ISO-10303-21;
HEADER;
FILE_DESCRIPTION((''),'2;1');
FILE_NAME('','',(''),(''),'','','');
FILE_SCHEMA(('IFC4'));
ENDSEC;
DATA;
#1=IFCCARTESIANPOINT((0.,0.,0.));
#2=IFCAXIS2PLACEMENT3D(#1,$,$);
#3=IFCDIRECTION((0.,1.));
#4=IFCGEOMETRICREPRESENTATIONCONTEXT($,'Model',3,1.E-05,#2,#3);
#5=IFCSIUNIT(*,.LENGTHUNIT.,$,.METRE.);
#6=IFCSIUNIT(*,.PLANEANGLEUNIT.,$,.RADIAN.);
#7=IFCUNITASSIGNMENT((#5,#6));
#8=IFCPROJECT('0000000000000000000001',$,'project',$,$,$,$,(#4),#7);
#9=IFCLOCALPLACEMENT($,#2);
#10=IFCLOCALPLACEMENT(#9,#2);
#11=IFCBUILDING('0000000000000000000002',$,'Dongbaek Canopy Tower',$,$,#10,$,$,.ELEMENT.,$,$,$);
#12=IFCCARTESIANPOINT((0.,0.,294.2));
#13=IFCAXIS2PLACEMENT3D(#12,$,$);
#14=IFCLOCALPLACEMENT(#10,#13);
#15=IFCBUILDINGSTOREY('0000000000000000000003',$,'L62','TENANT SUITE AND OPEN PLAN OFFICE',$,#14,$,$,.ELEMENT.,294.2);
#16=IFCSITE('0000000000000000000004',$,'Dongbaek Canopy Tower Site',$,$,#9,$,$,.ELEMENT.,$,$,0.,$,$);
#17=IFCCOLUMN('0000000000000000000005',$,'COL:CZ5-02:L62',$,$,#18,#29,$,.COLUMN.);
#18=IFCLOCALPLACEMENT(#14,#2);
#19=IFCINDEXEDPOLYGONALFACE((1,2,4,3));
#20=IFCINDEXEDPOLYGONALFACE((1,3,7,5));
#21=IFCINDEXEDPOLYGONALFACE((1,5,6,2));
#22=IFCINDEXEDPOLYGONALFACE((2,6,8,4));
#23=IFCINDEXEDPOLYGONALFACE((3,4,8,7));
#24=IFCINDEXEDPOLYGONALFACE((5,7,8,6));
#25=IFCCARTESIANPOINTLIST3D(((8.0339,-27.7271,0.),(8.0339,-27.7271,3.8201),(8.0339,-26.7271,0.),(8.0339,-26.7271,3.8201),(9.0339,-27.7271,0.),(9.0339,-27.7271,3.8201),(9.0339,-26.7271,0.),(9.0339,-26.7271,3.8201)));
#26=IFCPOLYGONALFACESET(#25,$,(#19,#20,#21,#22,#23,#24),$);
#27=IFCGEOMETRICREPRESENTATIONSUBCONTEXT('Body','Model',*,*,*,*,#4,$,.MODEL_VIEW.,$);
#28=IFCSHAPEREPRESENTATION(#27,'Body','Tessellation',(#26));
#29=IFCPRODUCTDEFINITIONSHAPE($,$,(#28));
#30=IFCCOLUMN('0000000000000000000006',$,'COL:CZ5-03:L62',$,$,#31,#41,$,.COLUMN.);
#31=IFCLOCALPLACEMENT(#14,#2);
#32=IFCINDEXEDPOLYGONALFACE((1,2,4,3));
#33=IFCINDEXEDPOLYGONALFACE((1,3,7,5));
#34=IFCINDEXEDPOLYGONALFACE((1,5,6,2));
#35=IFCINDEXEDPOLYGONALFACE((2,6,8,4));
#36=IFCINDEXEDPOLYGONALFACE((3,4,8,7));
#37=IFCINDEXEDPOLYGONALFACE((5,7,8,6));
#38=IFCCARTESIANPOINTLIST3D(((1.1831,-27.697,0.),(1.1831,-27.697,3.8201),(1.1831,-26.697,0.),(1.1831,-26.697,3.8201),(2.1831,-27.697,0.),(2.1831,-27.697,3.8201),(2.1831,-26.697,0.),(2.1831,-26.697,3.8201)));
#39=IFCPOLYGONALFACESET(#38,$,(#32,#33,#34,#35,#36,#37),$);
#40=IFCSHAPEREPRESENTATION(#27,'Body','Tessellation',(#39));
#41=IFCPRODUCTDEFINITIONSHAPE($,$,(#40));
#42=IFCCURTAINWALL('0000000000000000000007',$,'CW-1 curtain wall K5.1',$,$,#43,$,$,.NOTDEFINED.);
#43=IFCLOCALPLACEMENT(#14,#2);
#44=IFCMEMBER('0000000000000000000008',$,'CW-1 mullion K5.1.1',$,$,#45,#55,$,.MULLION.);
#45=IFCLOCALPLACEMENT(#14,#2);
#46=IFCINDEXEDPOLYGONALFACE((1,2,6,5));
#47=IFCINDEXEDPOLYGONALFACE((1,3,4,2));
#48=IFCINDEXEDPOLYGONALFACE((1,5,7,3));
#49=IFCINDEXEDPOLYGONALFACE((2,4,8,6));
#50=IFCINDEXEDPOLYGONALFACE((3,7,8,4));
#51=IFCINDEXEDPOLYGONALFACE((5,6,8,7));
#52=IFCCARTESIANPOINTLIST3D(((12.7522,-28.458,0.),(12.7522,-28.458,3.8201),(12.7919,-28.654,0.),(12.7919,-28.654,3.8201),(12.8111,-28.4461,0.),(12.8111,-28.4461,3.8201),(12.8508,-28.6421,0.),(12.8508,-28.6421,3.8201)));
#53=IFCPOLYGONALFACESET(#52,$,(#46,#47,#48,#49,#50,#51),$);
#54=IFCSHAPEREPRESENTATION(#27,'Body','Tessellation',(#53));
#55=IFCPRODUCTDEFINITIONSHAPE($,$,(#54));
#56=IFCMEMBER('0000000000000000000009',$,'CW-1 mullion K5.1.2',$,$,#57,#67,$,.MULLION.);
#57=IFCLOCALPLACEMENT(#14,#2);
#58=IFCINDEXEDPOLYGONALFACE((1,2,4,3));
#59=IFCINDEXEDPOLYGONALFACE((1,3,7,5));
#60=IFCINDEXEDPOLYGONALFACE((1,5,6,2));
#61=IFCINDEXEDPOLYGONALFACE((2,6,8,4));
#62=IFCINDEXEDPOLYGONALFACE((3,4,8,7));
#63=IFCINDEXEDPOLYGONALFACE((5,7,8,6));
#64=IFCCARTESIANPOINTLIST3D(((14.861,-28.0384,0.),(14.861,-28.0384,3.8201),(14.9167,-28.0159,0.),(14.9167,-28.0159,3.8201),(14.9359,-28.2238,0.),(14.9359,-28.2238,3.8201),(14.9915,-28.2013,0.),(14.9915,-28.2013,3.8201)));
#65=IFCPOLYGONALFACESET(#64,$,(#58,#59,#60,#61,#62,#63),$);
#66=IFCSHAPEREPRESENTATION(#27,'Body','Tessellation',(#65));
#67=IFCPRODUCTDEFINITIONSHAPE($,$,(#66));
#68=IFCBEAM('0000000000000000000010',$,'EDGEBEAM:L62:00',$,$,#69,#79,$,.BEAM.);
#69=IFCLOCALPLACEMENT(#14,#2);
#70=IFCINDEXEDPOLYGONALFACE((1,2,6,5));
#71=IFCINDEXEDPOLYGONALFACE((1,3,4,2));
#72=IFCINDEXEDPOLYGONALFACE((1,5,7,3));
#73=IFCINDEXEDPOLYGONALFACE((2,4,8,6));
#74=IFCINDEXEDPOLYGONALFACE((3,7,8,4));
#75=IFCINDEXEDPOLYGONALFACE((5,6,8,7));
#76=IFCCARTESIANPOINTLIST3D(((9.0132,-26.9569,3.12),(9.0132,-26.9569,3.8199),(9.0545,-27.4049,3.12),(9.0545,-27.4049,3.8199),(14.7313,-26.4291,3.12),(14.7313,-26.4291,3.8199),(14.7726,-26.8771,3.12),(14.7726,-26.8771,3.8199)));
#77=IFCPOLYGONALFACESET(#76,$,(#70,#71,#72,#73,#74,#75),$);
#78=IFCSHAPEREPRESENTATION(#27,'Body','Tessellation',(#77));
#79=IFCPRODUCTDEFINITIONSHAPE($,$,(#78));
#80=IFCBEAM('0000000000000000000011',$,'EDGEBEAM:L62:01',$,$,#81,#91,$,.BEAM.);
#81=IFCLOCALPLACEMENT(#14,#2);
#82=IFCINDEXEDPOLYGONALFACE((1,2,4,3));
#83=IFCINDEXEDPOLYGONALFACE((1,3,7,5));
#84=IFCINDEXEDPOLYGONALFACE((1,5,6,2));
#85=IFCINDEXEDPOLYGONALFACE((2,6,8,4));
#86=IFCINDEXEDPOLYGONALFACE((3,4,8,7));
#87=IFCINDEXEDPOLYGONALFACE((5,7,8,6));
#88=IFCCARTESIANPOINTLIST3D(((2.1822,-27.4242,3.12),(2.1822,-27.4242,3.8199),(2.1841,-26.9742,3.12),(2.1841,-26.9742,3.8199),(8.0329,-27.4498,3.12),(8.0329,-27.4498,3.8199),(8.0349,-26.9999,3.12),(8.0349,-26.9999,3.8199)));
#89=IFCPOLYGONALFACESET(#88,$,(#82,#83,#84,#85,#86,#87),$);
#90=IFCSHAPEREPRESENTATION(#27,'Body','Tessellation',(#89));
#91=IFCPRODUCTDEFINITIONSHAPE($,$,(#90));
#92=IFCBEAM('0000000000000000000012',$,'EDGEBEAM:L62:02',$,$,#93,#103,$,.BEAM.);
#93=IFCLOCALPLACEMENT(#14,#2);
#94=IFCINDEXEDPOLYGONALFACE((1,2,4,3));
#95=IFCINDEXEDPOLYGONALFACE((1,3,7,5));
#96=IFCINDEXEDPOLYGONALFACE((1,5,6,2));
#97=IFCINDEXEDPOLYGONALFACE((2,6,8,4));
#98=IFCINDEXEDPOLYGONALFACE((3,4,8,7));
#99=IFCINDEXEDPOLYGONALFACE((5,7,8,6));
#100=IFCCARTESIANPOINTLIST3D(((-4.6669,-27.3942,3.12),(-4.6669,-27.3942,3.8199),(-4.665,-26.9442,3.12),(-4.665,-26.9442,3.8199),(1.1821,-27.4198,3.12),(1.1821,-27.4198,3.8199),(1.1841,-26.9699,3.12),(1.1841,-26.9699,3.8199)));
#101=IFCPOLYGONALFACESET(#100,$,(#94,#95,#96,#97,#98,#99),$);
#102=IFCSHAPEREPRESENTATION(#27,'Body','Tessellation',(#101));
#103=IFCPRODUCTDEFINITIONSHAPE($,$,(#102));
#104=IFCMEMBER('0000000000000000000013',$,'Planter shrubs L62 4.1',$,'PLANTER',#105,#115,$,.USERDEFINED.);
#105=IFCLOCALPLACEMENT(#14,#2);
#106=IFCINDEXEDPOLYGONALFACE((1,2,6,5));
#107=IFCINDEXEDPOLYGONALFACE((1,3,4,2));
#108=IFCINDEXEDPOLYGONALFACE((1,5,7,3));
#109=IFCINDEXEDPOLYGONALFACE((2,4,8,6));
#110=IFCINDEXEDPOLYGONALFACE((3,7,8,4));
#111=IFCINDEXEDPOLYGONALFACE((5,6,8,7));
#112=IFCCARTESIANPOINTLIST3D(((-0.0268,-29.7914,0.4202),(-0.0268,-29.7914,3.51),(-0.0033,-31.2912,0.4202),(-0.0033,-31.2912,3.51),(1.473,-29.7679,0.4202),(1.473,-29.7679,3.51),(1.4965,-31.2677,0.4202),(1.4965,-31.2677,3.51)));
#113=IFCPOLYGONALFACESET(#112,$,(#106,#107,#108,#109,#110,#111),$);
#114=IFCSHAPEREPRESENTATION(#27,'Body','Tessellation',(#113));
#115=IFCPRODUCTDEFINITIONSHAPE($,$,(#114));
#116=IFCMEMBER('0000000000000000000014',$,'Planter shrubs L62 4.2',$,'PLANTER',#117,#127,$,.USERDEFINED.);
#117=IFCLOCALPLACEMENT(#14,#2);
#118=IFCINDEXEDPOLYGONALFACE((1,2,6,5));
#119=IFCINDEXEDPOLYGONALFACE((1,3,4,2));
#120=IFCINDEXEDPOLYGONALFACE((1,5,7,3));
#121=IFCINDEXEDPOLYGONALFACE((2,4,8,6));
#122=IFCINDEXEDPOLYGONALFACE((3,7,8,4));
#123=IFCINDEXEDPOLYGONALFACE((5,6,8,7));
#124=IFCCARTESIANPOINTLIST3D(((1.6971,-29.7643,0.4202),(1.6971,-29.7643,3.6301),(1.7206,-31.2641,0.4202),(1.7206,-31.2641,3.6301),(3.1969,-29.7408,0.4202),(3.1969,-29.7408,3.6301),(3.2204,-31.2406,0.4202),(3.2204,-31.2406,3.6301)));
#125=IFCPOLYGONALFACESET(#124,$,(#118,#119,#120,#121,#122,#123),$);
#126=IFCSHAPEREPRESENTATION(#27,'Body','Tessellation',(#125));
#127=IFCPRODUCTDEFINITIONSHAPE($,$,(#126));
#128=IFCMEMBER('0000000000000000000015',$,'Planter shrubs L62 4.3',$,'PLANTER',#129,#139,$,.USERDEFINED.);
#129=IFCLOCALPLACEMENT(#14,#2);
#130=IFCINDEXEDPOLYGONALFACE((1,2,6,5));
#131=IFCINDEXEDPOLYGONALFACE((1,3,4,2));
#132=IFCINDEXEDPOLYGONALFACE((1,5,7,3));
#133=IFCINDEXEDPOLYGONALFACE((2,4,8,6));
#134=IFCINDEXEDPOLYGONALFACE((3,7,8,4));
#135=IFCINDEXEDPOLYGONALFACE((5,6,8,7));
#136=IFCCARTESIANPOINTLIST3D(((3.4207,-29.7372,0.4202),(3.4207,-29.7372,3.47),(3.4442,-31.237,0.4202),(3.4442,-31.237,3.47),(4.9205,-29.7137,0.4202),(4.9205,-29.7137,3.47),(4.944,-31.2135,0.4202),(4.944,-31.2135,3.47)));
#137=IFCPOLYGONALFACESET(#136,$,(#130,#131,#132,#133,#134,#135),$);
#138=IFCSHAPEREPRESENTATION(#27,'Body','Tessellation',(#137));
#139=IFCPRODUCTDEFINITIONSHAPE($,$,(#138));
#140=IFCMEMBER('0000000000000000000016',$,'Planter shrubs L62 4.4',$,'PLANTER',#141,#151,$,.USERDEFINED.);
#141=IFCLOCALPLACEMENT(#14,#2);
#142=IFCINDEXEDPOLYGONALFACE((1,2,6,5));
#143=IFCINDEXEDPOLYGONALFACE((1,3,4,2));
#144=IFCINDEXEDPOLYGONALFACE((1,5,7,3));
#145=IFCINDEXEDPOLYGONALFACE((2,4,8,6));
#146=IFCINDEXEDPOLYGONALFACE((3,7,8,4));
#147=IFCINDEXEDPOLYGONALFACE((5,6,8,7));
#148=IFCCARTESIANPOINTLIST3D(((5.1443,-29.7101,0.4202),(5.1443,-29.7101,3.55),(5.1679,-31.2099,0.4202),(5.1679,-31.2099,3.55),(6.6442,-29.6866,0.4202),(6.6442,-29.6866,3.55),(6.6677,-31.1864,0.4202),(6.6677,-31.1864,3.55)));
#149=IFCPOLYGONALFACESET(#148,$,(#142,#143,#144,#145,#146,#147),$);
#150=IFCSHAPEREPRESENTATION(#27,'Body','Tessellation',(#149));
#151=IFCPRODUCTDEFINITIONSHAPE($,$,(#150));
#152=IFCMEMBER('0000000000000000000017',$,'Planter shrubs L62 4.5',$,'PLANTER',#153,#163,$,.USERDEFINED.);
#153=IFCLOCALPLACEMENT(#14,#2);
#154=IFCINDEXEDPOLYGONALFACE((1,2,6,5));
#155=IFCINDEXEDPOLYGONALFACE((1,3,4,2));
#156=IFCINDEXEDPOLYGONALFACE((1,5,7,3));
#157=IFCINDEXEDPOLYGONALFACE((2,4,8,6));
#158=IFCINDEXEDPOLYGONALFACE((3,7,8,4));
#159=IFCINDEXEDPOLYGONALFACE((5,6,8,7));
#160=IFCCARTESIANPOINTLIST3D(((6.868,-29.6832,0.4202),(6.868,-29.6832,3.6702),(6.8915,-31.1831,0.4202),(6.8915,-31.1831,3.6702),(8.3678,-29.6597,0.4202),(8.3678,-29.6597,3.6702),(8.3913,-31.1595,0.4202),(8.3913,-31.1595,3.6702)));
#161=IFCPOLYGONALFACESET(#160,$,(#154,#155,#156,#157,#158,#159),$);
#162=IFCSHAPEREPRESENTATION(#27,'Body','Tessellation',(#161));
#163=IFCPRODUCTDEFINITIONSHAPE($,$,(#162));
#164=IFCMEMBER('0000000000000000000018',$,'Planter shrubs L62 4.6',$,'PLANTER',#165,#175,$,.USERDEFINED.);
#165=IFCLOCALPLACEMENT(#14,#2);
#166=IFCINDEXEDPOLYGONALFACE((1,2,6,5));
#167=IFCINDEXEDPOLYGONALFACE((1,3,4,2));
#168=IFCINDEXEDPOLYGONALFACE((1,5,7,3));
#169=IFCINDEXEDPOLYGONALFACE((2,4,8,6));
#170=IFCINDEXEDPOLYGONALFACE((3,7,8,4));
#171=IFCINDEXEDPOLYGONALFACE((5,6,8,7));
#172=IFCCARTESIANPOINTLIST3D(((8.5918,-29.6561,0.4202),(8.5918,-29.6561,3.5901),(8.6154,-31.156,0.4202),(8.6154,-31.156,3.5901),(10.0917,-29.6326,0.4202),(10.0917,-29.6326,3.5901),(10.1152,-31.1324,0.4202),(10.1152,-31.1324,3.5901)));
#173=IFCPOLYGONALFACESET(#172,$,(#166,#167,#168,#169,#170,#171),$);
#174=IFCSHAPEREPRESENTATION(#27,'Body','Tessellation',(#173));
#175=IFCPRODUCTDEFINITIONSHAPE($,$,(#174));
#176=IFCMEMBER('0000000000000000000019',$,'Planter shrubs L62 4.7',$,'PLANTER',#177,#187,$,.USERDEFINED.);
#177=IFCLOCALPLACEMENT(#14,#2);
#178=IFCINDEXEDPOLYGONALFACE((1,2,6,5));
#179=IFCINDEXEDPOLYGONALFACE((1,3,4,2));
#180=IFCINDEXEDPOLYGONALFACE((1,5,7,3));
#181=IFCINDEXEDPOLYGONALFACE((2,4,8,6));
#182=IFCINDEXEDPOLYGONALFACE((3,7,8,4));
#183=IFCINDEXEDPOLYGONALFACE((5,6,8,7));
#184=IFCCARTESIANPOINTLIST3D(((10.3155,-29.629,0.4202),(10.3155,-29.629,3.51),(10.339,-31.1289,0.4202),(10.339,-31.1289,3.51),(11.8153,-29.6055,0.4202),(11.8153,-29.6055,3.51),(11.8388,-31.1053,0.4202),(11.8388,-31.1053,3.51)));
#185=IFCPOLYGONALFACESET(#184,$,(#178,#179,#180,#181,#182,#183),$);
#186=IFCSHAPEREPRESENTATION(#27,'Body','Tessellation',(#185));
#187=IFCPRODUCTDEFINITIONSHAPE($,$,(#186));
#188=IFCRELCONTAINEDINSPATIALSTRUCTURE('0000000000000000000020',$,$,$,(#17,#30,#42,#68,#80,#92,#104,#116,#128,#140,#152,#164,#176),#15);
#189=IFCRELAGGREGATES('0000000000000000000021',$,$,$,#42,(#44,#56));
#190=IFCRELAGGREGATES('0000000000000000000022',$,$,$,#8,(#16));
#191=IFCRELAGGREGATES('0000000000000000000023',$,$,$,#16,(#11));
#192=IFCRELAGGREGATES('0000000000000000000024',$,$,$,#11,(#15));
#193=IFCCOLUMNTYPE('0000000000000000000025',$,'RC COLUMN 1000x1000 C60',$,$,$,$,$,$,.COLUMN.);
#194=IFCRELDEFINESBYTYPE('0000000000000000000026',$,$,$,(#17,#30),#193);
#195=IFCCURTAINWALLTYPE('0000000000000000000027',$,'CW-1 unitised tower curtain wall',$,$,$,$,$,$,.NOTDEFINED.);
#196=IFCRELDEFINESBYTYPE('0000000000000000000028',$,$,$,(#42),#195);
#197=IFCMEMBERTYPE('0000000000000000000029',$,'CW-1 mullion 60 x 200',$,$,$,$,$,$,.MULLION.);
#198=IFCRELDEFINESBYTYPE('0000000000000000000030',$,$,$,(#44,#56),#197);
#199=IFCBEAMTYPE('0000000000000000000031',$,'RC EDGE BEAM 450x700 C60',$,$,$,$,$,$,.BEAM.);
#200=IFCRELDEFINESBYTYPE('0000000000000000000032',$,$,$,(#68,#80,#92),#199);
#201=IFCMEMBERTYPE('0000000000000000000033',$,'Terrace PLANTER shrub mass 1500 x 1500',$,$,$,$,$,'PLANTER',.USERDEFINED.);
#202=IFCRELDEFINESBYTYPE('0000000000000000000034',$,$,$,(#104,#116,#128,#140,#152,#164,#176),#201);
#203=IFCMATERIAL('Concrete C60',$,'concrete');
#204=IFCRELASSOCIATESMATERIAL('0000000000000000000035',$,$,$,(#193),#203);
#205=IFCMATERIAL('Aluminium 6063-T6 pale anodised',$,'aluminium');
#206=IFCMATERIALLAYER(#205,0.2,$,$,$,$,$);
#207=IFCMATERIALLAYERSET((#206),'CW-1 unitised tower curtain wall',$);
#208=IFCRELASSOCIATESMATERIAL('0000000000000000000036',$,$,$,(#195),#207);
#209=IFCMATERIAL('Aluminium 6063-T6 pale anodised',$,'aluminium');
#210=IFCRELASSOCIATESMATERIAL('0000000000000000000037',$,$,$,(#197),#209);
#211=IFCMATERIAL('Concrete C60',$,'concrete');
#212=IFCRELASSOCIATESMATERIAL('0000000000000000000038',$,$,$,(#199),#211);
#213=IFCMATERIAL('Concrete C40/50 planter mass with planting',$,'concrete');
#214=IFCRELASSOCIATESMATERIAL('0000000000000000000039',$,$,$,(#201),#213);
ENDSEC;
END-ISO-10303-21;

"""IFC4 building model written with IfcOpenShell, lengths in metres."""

from ifc_helpers import new_model, si_unit, direction, frame, origin, origin_2d, place, context, subcontext, project, spatial, rectangle, extrude, material, layer, layer_set, material_profile, profile_set, type_object, element, aggregate, save


model = new_model("IFC4")

# Units and contexts
model_context = context("Model", 3, precision=1e-05, world=origin(), true_north=direction((0.0, 1.0)))
body_context = subcontext(model_context, "Body", "Model", "MODEL_VIEW")
ifc_project = project(units=[si_unit("LENGTHUNIT", "METRE"), si_unit("PLANEANGLEUNIT", "RADIAN")], contexts=[model_context])

# Site, building, storey
site_placement = place(None, origin())
site = spatial("IfcSite", under=ifc_project, at=site_placement, Name="Dongbaek Canopy Tower Site", CompositionType="ELEMENT", RefElevation=0.0)
building_placement = place(site_placement, origin())
building = spatial("IfcBuilding", under=site, at=building_placement, Name="Dongbaek Canopy Tower", CompositionType="ELEMENT")
storey_placement = place(building_placement, frame((0.0, 0.0, 294.2)))
storey = spatial("IfcBuildingStorey", under=building, at=storey_placement, Name="L62", Description="TENANT SUITE AND OPEN PLAN OFFICE", CompositionType="ELEMENT", Elevation=294.2)

# Columns
ifc_material_1 = material(Name="Concrete C60", Category="concrete")
ifc_material_profile_1 = material_profile(ifc_material_1, rectangle(XDim=1.0, YDim=1.0, at=origin_2d()), Name="RC COLUMN 1000x1000 C60")
ifc_profile_set_1 = profile_set([ifc_material_profile_1], Name="Concrete C60")
column_type = type_object("IfcColumnType", Name="RC COLUMN 1000x1000 C60", PredefinedType="COLUMN", material=ifc_profile_set_1)
for number, where, z_axis, x_axis, name in (
    (1, (8.5339, -27.2271, 0.0), (0.0, 0.0, 1.0), (1.0, 0.0, 0.0), "COL:CZ5-02:L62"),
    (2, (1.6831, -27.197, 0.0), (0.0, 0.0, 1.0), (1.0, 0.0, 0.0), "COL:CZ5-03:L62"),
):
    element("IfcColumn", number, at=place(storey_placement, frame(where, z_axis=z_axis, x_axis=x_axis)), inside=storey, type_object=column_type, Name=name, PredefinedType="COLUMN", context=body_context, shape_type="SweptSolid", body=[
        extrude(rectangle(XDim=1.0, YDim=1.0, at=origin_2d()), origin(), (0.0, 0.0, 1.0), 3.8201),
    ])

# Curtain wall, members
ifc_material_2 = material(Name="Aluminium 6063-T6 pale anodised", Category="aluminium")
ifc_layer_1 = layer(ifc_material_2, 0.2)
ifc_layer_set_1 = layer_set([ifc_layer_1], Name="CW-1 unitised tower curtain wall")
curtain_wall_type = type_object("IfcCurtainWallType", Name="CW-1 unitised tower curtain wall", PredefinedType="NOTDEFINED", material=ifc_layer_set_1)
curtain_wall_placement = place(storey_placement, origin())
curtain_wall = element("IfcCurtainWall", 3, at=curtain_wall_placement, inside=storey, type_object=curtain_wall_type, Name="CW-1 curtain wall K5.1", PredefinedType="NOTDEFINED")
ifc_material_3 = material(Name="Aluminium 6063-T6 pale anodised", Category="aluminium")
ifc_material_profile_2 = material_profile(ifc_material_3, rectangle(XDim=0.2, YDim=0.0601, at=origin_2d()), Name="CW-1 mullion 60 x 200")
ifc_profile_set_2 = profile_set([ifc_material_profile_2], Name="Aluminium 6063-T6 pale anodised")
member_type_1 = type_object("IfcMemberType", Name="CW-1 mullion 60 x 200", PredefinedType="MULLION", material=ifc_profile_set_2)
member_1_placement = place(storey_placement, frame((12.8015, -28.55, 0.0), z_axis=(0.0, 0.0, 1.0), x_axis=(0.198379, -0.980125, 0.0)))
member_1 = element("IfcMember", 4, at=member_1_placement, type_object=member_type_1, Name="CW-1 mullion K5.1.1", PredefinedType="MULLION", context=body_context, shape_type="SweptSolid", body=[
    extrude(rectangle(XDim=0.2, YDim=0.0601, at=origin_2d()), origin(), (0.0, 0.0, 1.0), 3.8201),
])
member_2_placement = place(storey_placement, frame((14.9263, -28.1199, 0.0), z_axis=(0.0, 0.0, 1.0), x_axis=(0.374375, -0.927277, 0.0)))
member_2 = element("IfcMember", 5, at=member_2_placement, type_object=member_type_1, Name="CW-1 mullion K5.1.2", PredefinedType="MULLION", context=body_context, shape_type="SweptSolid", body=[
    extrude(rectangle(XDim=0.2, YDim=0.0601, at=origin_2d()), origin(), (0.0, 0.0, 1.0), 3.8201),
])

# Beams
ifc_material_4 = material(Name="Concrete C60", Category="concrete")
ifc_material_profile_3 = material_profile(ifc_material_4, rectangle(XDim=0.45, YDim=0.7, at=origin_2d()), Name="RC EDGE BEAM 450x700 C60")
ifc_profile_set_3 = profile_set([ifc_material_profile_3], Name="Concrete C60")
beam_type = type_object("IfcBeamType", Name="RC EDGE BEAM 450x700 C60", PredefinedType="BEAM", material=ifc_profile_set_3)
beam_1_placement = place(storey_placement, frame((14.752, -26.6531, 3.47), z_axis=(-0.995766, -0.09192, 0.0), x_axis=(0.09192, -0.995766, 0.0)))
element("IfcBeam", 6, at=beam_1_placement, inside=storey, type_object=beam_type, Name="EDGEBEAM:L62:00", PredefinedType="BEAM", context=body_context, shape_type="SweptSolid", body=[
    extrude(rectangle(XDim=0.45, YDim=0.7, at=origin_2d()), origin(), (0.0, 0.0, 1.0), 5.7424),
])
beam_2_placement = place(storey_placement, frame((8.0339, -27.2249, 3.47), z_axis=(-0.99999, 0.004381, 0.0), x_axis=(-0.004381, -0.99999, 0.0)))
element("IfcBeam", 7, at=beam_2_placement, inside=storey, type_object=beam_type, Name="EDGEBEAM:L62:01", PredefinedType="BEAM", context=body_context, shape_type="SweptSolid", body=[
    extrude(rectangle(XDim=0.45, YDim=0.7, at=origin_2d()), origin(), (0.0, 0.0, 1.0), 5.8508),
])
beam_3_placement = place(storey_placement, frame((1.1831, -27.1948, 3.47), z_axis=(-0.99999, 0.004383, 0.0), x_axis=(-0.004383, -0.99999, 0.0)))
element("IfcBeam", 8, at=beam_3_placement, inside=storey, type_object=beam_type, Name="EDGEBEAM:L62:02", PredefinedType="BEAM", context=body_context, shape_type="SweptSolid", body=[
    extrude(rectangle(XDim=0.45, YDim=0.7, at=origin_2d()), origin(), (0.0, 0.0, 1.0), 5.8491),
])

# Members
ifc_material_5 = material(Name="Concrete C40/50 planter mass with planting", Category="concrete")
ifc_material_profile_4 = material_profile(ifc_material_5, rectangle(XDim=1.5, YDim=1.5, at=origin_2d()), Name="Terrace PLANTER shrub mass 1500 x 1500")
ifc_profile_set_4 = profile_set([ifc_material_profile_4], Name="Concrete C40/50 planter mass with planting")
member_type_2 = type_object("IfcMemberType", Name="Terrace PLANTER shrub mass 1500 x 1500", ElementType="PLANTER", PredefinedType="USERDEFINED", material=ifc_profile_set_4)
member_3_placement = place(storey_placement, frame((0.7349, -30.5295, 0.4202), z_axis=(0.0, 0.0, 1.0), x_axis=(0.015684, -0.999877, 0.0)))
element("IfcMember", 9, at=member_3_placement, inside=storey, type_object=member_type_2, Name="Planter shrubs L62 4.1", ObjectType="PLANTER", PredefinedType="USERDEFINED", context=body_context, shape_type="SweptSolid", body=[
    extrude(rectangle(XDim=1.5, YDim=1.5, at=origin_2d()), origin(), (0.0, 0.0, 1.0), 3.0898),
])
member_4_placement = place(storey_placement, frame((2.4587, -30.5024, 0.4202), z_axis=(0.0, 0.0, 1.0), x_axis=(0.015684, -0.999877, 0.0)))
element("IfcMember", 10, at=member_4_placement, inside=storey, type_object=member_type_2, Name="Planter shrubs L62 4.2", ObjectType="PLANTER", PredefinedType="USERDEFINED", context=body_context, shape_type="SweptSolid", body=[
    extrude(rectangle(XDim=1.5, YDim=1.5, at=origin_2d()), origin(), (0.0, 0.0, 1.0), 3.21),
])
member_5_placement = place(storey_placement, frame((4.1824, -30.4753, 0.4202), z_axis=(0.0, 0.0, 1.0), x_axis=(0.015684, -0.999877, 0.0)))
element("IfcMember", 11, at=member_5_placement, inside=storey, type_object=member_type_2, Name="Planter shrubs L62 4.3", ObjectType="PLANTER", PredefinedType="USERDEFINED", context=body_context, shape_type="SweptSolid", body=[
    extrude(rectangle(XDim=1.5, YDim=1.5, at=origin_2d()), origin(), (0.0, 0.0, 1.0), 3.0498),
])
member_6_placement = place(storey_placement, frame((5.906, -30.4482, 0.4202), z_axis=(0.0, 0.0, 1.0), x_axis=(0.015684, -0.999877, 0.0)))
element("IfcMember", 12, at=member_6_placement, inside=storey, type_object=member_type_2, Name="Planter shrubs L62 4.4", ObjectType="PLANTER", PredefinedType="USERDEFINED", context=body_context, shape_type="SweptSolid", body=[
    extrude(rectangle(XDim=1.5, YDim=1.5, at=origin_2d()), origin(), (0.0, 0.0, 1.0), 3.1299),
])
member_7_placement = place(storey_placement, frame((7.6296, -30.4214, 0.4202), z_axis=(0.0, 0.0, 1.0), x_axis=(0.015684, -0.999877, 0.0)))
element("IfcMember", 13, at=member_7_placement, inside=storey, type_object=member_type_2, Name="Planter shrubs L62 4.5", ObjectType="PLANTER", PredefinedType="USERDEFINED", context=body_context, shape_type="SweptSolid", body=[
    extrude(rectangle(XDim=1.5, YDim=1.5, at=origin_2d()), origin(), (0.0, 0.0, 1.0), 3.25),
])
member_8_placement = place(storey_placement, frame((9.3535, -30.3943, 0.4202), z_axis=(0.0, 0.0, 1.0), x_axis=(0.015684, -0.999877, 0.0)))
element("IfcMember", 14, at=member_8_placement, inside=storey, type_object=member_type_2, Name="Planter shrubs L62 4.6", ObjectType="PLANTER", PredefinedType="USERDEFINED", context=body_context, shape_type="SweptSolid", body=[
    extrude(rectangle(XDim=1.5, YDim=1.5, at=origin_2d()), origin(), (0.0, 0.0, 1.0), 3.1699),
])
for number, where, z_axis, x_axis, name in (
    (15, (11.0771, -30.3672, 0.4202), (0.0, 0.0, 1.0), (0.015684, -0.999877, 0.0), "Planter shrubs L62 4.7"),
):
    element("IfcMember", number, at=place(storey_placement, frame(where, z_axis=z_axis, x_axis=x_axis)), inside=storey, type_object=member_type_2, Name=name, ObjectType="PLANTER", PredefinedType="USERDEFINED", context=body_context, shape_type="SweptSolid", body=[
        extrude(rectangle(XDim=1.5, YDim=1.5, at=origin_2d()), origin(), (0.0, 0.0, 1.0), 3.0898),
    ])

aggregate(curtain_wall, [member_1, member_2])

save(model, "model.ifc")
